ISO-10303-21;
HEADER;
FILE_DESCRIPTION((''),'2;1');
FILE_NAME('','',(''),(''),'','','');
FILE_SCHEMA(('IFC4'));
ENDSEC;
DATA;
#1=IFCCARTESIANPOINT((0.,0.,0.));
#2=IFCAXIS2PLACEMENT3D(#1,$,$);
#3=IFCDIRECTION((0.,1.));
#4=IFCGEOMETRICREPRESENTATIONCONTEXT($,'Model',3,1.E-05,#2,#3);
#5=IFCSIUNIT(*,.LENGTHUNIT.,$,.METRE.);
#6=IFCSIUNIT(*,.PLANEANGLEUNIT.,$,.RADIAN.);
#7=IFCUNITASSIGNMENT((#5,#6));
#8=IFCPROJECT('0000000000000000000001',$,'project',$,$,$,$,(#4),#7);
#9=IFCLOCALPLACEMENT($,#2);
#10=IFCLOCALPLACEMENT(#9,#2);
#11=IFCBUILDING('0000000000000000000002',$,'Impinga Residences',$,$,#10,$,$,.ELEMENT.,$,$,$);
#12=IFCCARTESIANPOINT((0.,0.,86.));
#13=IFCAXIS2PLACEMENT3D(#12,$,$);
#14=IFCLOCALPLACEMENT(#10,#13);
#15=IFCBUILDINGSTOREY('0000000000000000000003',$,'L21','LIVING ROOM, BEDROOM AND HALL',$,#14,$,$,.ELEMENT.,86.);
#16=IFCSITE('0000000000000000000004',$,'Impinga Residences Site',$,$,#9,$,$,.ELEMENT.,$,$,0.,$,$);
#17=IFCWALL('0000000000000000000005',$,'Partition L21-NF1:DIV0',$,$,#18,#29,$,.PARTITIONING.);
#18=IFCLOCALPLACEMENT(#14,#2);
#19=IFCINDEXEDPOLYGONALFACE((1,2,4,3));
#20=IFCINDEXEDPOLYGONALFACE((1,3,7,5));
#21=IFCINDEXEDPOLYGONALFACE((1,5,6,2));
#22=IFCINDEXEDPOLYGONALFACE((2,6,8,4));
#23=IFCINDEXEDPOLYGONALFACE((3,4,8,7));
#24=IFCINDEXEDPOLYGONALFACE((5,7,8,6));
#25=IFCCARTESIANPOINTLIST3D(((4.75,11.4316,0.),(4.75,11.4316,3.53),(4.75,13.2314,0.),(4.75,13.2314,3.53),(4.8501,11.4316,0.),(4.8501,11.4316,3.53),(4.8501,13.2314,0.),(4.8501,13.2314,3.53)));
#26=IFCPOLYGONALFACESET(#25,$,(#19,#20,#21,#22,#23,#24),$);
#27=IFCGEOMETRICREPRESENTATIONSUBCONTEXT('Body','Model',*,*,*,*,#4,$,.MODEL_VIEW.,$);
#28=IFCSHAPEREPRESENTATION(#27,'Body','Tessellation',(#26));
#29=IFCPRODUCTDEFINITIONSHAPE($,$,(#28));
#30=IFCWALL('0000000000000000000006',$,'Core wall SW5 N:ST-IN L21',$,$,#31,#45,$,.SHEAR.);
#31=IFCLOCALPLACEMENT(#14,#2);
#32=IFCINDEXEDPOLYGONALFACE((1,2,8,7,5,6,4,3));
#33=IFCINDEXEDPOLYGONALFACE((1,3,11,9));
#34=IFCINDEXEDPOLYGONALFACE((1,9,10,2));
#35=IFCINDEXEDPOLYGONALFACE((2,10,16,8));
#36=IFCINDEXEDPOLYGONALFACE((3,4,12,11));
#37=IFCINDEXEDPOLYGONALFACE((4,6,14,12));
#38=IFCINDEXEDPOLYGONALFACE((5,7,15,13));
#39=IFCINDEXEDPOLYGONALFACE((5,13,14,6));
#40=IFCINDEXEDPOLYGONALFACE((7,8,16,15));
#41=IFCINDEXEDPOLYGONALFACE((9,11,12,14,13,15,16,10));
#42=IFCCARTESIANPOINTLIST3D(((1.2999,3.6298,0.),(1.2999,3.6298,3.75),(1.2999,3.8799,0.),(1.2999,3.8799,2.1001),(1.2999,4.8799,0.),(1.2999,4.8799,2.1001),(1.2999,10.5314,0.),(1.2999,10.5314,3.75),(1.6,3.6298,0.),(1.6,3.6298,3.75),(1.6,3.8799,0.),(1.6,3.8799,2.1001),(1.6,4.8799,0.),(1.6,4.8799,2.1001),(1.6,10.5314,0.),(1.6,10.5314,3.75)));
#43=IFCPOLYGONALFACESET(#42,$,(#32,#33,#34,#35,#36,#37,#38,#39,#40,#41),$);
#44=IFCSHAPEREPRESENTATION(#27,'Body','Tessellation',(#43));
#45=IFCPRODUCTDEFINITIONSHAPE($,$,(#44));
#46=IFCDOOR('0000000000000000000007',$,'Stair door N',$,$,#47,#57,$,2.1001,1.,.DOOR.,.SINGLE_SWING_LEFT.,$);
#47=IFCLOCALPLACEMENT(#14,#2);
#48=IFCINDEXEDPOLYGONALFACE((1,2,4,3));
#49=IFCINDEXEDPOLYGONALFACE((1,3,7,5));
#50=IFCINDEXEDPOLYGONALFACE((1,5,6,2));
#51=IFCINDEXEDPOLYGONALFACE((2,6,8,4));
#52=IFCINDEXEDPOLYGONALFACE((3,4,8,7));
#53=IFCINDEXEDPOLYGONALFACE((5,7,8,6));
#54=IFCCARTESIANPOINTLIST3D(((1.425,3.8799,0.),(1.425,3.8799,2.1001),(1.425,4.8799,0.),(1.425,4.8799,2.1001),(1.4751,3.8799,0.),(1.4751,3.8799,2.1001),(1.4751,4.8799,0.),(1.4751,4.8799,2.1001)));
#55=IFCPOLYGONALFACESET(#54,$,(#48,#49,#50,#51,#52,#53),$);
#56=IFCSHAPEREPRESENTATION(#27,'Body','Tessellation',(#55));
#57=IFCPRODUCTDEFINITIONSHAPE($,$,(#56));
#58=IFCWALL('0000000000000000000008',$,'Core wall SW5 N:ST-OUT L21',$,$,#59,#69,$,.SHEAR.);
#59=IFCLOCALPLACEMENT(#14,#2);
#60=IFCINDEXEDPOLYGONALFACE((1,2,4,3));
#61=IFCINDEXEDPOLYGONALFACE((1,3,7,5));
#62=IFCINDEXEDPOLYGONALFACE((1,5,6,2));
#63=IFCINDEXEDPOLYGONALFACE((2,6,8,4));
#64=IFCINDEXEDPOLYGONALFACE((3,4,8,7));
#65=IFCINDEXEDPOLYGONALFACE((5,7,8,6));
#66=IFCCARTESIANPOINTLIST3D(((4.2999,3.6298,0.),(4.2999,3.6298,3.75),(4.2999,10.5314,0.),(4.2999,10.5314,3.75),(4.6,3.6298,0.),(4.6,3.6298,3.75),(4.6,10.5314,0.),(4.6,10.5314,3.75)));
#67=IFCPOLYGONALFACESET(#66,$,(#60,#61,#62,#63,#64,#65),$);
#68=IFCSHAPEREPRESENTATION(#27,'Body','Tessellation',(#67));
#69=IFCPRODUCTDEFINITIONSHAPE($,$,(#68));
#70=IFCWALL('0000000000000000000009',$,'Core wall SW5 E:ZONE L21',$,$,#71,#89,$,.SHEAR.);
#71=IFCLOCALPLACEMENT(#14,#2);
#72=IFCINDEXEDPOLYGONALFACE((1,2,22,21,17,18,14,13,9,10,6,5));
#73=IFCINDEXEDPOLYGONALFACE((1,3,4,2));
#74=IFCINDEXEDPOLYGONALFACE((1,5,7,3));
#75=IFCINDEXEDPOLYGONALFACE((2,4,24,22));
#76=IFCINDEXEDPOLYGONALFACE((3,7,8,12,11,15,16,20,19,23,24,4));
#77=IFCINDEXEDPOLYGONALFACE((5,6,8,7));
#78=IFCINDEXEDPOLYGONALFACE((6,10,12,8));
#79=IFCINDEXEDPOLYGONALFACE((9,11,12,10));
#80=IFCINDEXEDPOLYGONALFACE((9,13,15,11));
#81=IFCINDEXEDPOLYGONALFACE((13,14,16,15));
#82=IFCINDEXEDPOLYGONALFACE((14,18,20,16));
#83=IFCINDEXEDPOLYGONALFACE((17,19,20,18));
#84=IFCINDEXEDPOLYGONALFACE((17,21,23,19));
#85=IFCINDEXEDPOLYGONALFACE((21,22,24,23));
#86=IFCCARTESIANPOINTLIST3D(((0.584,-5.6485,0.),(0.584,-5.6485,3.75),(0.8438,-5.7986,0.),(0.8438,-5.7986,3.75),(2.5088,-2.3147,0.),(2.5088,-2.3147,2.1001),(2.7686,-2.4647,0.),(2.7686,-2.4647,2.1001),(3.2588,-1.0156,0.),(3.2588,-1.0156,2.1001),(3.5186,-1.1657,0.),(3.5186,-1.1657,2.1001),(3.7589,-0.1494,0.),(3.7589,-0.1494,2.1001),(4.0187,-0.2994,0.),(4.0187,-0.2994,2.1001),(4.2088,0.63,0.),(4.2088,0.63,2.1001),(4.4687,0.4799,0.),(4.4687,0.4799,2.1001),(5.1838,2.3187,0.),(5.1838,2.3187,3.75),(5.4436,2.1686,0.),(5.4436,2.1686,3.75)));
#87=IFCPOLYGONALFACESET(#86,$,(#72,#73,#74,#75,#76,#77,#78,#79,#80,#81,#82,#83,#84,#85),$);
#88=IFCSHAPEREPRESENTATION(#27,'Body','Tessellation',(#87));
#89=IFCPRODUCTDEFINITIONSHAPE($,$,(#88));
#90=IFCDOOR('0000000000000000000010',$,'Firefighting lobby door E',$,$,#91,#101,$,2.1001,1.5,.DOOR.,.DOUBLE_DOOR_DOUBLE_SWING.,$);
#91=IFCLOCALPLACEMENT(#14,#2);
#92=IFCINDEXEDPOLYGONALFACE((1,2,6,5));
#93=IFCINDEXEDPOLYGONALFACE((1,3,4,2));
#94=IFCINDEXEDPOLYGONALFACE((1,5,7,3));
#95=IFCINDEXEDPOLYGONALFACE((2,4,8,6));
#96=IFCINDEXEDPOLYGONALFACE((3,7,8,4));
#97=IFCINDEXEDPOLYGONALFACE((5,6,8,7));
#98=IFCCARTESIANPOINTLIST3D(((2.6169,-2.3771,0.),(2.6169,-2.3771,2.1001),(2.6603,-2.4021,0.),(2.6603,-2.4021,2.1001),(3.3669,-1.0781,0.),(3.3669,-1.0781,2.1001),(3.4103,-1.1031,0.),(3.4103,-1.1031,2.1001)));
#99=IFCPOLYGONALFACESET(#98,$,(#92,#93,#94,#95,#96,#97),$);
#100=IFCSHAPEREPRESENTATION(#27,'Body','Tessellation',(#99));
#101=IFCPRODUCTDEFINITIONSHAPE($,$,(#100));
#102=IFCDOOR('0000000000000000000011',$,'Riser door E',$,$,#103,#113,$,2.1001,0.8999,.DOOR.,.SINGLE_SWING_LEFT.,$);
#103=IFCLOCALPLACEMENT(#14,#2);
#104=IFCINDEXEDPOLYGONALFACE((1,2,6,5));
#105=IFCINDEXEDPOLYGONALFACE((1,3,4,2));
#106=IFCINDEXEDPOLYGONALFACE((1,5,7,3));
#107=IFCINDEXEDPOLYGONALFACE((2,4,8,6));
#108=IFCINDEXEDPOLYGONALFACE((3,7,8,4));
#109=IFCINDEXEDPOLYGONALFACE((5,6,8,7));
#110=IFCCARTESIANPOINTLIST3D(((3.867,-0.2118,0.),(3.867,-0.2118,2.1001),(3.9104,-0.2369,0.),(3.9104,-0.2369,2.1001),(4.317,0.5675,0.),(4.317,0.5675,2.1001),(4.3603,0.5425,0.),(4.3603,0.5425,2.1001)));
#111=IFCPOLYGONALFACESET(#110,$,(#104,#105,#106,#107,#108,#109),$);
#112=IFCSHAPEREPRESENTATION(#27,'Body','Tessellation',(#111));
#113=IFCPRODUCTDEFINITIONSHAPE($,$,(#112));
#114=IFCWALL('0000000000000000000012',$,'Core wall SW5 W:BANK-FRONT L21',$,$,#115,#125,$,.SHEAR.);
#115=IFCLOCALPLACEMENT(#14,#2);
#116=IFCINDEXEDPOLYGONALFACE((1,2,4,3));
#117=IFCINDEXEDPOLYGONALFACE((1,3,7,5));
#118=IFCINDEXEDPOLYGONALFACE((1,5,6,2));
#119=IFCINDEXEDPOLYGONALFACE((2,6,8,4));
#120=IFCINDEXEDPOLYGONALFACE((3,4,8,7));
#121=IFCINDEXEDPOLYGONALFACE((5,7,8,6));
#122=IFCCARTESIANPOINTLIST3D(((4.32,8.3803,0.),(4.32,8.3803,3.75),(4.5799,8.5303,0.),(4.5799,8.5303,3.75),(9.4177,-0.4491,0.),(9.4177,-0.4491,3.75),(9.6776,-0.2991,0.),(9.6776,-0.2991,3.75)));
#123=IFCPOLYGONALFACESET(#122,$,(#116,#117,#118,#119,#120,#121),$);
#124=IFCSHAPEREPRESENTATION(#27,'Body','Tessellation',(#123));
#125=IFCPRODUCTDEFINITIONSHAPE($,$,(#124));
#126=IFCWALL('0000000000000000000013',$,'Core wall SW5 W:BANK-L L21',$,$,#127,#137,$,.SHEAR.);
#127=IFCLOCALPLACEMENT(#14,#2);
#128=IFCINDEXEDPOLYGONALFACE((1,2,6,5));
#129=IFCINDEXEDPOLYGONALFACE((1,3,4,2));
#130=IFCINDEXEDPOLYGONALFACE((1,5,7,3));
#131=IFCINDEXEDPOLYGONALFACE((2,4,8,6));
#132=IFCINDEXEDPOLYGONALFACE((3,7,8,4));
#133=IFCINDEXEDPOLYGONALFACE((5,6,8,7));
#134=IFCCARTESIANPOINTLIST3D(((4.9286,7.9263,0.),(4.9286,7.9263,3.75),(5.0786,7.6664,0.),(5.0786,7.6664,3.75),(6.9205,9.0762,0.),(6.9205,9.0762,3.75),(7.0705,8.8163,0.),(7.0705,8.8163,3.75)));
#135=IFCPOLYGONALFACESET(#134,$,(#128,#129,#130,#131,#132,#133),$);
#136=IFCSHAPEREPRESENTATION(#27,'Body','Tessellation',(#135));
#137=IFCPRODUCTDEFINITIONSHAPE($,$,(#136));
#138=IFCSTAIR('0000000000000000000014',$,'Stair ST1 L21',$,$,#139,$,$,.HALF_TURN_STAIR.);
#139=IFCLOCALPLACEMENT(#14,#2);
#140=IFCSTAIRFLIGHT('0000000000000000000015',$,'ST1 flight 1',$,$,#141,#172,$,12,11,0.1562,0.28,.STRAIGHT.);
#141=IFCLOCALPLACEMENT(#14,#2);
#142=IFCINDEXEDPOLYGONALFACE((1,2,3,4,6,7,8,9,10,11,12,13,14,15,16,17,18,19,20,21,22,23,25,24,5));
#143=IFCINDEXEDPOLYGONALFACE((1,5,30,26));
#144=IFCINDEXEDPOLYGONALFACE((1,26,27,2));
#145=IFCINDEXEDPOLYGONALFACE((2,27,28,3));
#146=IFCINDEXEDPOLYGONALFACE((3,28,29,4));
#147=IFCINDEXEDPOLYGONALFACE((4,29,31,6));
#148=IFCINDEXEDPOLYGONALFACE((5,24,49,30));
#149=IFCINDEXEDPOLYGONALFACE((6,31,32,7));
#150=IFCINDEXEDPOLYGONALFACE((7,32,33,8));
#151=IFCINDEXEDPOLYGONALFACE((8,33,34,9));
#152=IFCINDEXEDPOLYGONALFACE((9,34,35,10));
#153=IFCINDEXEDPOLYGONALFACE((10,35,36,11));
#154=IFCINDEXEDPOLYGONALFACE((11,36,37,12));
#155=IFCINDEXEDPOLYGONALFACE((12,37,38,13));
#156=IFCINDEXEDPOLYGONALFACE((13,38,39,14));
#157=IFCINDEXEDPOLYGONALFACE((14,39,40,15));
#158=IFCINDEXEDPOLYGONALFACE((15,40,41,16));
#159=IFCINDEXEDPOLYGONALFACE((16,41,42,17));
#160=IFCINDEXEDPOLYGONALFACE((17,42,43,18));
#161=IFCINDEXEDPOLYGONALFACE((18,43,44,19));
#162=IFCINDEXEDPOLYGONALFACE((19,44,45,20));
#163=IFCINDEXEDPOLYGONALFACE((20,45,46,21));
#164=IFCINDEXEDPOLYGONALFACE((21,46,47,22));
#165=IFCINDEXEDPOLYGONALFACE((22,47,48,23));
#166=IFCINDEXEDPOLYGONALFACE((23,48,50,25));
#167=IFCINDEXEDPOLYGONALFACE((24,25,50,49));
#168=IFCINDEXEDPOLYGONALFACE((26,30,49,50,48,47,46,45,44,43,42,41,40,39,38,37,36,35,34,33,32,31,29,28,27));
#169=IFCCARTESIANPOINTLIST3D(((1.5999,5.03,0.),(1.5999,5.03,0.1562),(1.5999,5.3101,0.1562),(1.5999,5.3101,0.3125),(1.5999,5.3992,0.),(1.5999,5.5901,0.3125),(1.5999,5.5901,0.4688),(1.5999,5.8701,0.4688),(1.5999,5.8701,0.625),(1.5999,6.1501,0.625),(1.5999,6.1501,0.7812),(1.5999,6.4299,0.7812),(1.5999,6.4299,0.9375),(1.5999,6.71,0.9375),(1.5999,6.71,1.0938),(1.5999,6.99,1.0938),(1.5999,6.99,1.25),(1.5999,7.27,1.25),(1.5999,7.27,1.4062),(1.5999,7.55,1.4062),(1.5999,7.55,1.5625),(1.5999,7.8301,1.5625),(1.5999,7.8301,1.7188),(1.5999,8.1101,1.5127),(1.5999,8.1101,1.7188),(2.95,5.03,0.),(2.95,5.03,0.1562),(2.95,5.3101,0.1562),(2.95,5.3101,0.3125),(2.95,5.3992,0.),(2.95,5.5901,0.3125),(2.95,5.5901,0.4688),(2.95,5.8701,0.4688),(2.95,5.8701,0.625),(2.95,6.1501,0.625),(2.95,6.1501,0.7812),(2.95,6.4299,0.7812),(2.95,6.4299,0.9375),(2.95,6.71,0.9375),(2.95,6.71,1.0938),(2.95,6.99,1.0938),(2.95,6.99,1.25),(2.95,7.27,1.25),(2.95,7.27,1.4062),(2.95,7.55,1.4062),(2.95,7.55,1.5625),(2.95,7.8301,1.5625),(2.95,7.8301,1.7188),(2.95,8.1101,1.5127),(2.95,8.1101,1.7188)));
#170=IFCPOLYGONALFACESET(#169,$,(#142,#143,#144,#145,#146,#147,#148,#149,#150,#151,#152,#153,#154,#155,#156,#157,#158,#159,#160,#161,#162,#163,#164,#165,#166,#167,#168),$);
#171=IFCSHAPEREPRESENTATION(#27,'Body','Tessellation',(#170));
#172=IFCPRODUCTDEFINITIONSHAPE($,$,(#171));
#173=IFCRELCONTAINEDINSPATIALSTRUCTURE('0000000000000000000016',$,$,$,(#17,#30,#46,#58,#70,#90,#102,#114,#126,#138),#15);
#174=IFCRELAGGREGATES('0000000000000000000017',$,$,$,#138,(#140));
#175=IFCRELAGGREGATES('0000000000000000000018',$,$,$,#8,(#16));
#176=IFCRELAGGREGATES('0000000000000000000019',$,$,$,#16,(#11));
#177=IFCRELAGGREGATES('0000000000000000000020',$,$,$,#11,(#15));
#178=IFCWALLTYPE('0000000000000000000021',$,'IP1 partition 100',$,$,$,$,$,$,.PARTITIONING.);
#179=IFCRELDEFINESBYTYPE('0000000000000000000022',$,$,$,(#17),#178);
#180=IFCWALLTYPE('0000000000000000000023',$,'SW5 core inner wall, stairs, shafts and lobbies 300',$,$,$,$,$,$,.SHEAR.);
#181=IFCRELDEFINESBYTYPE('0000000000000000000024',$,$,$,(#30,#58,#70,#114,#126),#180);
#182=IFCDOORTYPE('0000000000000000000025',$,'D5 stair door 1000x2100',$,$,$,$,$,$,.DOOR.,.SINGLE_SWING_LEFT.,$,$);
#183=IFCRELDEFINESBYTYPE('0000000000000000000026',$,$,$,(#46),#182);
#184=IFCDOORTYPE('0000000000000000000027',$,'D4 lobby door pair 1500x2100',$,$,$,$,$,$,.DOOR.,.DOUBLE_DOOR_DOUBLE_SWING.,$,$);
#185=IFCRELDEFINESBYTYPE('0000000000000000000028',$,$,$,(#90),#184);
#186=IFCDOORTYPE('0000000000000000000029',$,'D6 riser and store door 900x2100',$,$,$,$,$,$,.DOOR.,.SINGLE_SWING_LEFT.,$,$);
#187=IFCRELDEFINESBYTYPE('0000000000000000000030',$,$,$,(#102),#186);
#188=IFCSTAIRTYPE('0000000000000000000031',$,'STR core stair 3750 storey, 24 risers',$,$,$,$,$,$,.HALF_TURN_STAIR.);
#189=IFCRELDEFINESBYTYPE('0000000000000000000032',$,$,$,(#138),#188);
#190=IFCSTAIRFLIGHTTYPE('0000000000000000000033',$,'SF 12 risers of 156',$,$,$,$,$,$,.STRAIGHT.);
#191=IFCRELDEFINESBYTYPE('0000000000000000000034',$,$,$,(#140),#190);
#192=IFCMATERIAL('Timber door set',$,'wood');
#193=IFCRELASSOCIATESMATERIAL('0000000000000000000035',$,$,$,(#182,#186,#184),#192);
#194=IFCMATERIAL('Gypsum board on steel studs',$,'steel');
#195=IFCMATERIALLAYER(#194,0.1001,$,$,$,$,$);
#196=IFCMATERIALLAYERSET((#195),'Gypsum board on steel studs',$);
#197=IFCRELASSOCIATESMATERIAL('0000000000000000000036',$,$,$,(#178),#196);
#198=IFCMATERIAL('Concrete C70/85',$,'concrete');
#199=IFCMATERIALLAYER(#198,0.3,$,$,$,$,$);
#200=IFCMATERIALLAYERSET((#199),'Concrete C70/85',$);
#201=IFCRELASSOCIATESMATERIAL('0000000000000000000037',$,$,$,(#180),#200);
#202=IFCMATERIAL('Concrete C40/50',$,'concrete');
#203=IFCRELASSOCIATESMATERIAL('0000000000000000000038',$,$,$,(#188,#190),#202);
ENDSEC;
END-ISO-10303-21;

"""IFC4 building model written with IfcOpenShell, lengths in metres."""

from ifc_helpers import new_model, si_unit, direction, frame, frame_2d, origin, place, context, subcontext, project, spatial, polyline, rectangle, outline, extrude, material, layer, layer_set, type_object, element, fill, aggregate, save


model = new_model("IFC4")

# Units and contexts
model_context = context("Model", 3, precision=1e-05, world=origin(), true_north=direction((0.0, 1.0)))
body_context = subcontext(model_context, "Body", "Model", "MODEL_VIEW")
ifc_project = project(units=[si_unit("LENGTHUNIT", "METRE"), si_unit("PLANEANGLEUNIT", "RADIAN")], contexts=[model_context])

# Site, building, storey
site_placement = place(None, origin())
site = spatial("IfcSite", under=ifc_project, at=site_placement, Name="Impinga Residences Site", CompositionType="ELEMENT", RefElevation=0.0)
building_placement = place(site_placement, origin())
building = spatial("IfcBuilding", under=site, at=building_placement, Name="Impinga Residences", CompositionType="ELEMENT")
storey_placement = place(building_placement, frame((0.0, 0.0, 86.0)))
storey = spatial("IfcBuildingStorey", under=building, at=storey_placement, Name="L21", Description="LIVING ROOM, BEDROOM AND HALL", CompositionType="ELEMENT", Elevation=86.0)

# Shared definitions
ifc_material_1 = material(Name="Concrete C70/85", Category="concrete")
ifc_material_2 = material(Name="Timber door set", Category="wood")
door_type_1 = type_object("IfcDoorType", Name="D5 stair door 1000x2100", OperationType="SINGLE_SWING_LEFT", PredefinedType="DOOR", material=ifc_material_2)
door_type_2 = type_object("IfcDoorType", Name="D6 riser and store door 900x2100", OperationType="SINGLE_SWING_LEFT", PredefinedType="DOOR", material=ifc_material_2)

# Wall
ifc_material_3 = material(Name="Gypsum board on steel studs", Category="steel")
ifc_layer_1 = layer(ifc_material_3, 0.1001)
ifc_layer_set_1 = layer_set([ifc_layer_1], Name="Gypsum board on steel studs")
wall_type_1 = type_object("IfcWallType", Name="IP1 partition 100", PredefinedType="PARTITIONING", material=ifc_layer_set_1)
wall_1_placement = place(storey_placement, frame((4.8, 11.4316, 0.0), z_axis=(0.0, 0.0, 1.0), x_axis=(0.0, 1.0, 0.0)))
element("IfcWall", 1, at=wall_1_placement, inside=storey, type_object=wall_type_1, Name="Partition L21-NF1:DIV0", PredefinedType="PARTITIONING", context=body_context, shape_type="SweptSolid", body=[
    extrude(rectangle(XDim=1.7998, YDim=0.1001, at=frame_2d((0.8999, 0.0))), origin(), (0.0, 0.0, 1.0), 3.53),
])

# Wall, opening, door
ifc_layer_2 = layer(ifc_material_1, 0.3)
ifc_layer_set_2 = layer_set([ifc_layer_2], Name="Concrete C70/85")
wall_type_2 = type_object("IfcWallType", Name="SW5 core inner wall, stairs, shafts and lobbies 300", PredefinedType="SHEAR", material=ifc_layer_set_2)
wall_2_placement = place(storey_placement, frame((1.45, 3.6299, 0.0), z_axis=(0.0, 0.0, 1.0), x_axis=(0.0, 1.0, 0.0)))
wall_2 = element("IfcWall", 2, at=wall_2_placement, inside=storey, type_object=wall_type_2, Name="Core wall SW5 N:ST-IN L21", PredefinedType="SHEAR", context=body_context, shape_type="SweptSolid", body=[
    extrude(rectangle(XDim=6.9016, YDim=0.3, at=frame_2d((3.4507, 0.0))), origin(), (0.0, 0.0, 1.0), 3.75),
])
opening_1_placement = place(wall_2_placement, frame((0.25, 0.0, 0.0)))
opening_1 = element("IfcOpeningElement", 3, at=opening_1_placement, cuts=wall_2, PredefinedType="OPENING", context=body_context, shape_type="SweptSolid", body=[
    extrude(rectangle(XDim=1.0, YDim=2.1001, at=frame_2d((0.5, 1.05))), frame((0.0, 0.1599, 0.0), z_axis=(0.0, -1.0, 0.0), x_axis=(1.0, 0.0, 0.0)), (0.0, 0.0, 1.0), 0.3201),
])
door_1_placement = place(opening_1_placement, origin())
door_1 = element("IfcDoor", 4, at=door_1_placement, inside=storey, type_object=door_type_1, Name="Stair door N", OperationType="SINGLE_SWING_LEFT", OverallHeight=2.1001, OverallWidth=1.0, PredefinedType="DOOR", context=body_context, shape_type="SweptSolid", body=[
    extrude(rectangle(XDim=1.0, YDim=2.1001, at=frame_2d((0.5, 1.05))), frame((0.0, 0.0249, 0.0), z_axis=(0.0, -1.0, 0.0), x_axis=(1.0, 0.0, 0.0)), (0.0, 0.0, 1.0), 0.05),
])
fill(opening_1, door_1)

# Wall
wall_3_placement = place(storey_placement, frame((4.45, 3.6299, 0.0), z_axis=(0.0, 0.0, 1.0), x_axis=(0.0, 1.0, 0.0)))
element("IfcWall", 5, at=wall_3_placement, inside=storey, type_object=wall_type_2, Name="Core wall SW5 N:ST-OUT L21", PredefinedType="SHEAR", context=body_context, shape_type="SweptSolid", body=[
    extrude(rectangle(XDim=6.9016, YDim=0.3, at=frame_2d((3.4507, 0.0))), origin(), (0.0, 0.0, 1.0), 3.75),
])

# Wall, openings, doors
wall_4_placement = place(storey_placement, frame((5.3137, 2.2437, 0.0), z_axis=(0.0, 0.0, 1.0), x_axis=(-0.499995, -0.866028, 0.0)))
wall_4 = element("IfcWall", 6, at=wall_4_placement, inside=storey, type_object=wall_type_2, Name="Core wall SW5 E:ZONE L21", PredefinedType="SHEAR", context=body_context, shape_type="SweptSolid", body=[
    extrude(rectangle(XDim=9.1997, YDim=0.3, at=frame_2d((4.5999, 0.0))), origin(), (0.0, 0.0, 1.0), 3.75),
])
opening_2_placement = place(wall_4_placement, frame((3.8501, 0.0, 0.0)))
opening_2 = element("IfcOpeningElement", 7, at=opening_2_placement, cuts=wall_4, PredefinedType="OPENING", context=body_context, shape_type="SweptSolid", body=[
    extrude(rectangle(XDim=1.5, YDim=2.1001, at=frame_2d((0.75, 1.05))), frame((0.0, 0.1599, 0.0), z_axis=(0.0, -1.0, 0.0), x_axis=(1.0, 0.0, 0.0)), (0.0, 0.0, 1.0), 0.3201),
])
opening_3_placement = place(wall_4_placement, frame((1.95, 0.0, 0.0)))
opening_3 = element("IfcOpeningElement", 8, at=opening_3_placement, cuts=wall_4, PredefinedType="OPENING", context=body_context, shape_type="SweptSolid", body=[
    extrude(rectangle(XDim=0.8999, YDim=2.1001, at=frame_2d((0.45, 1.05))), frame((0.0, 0.1599, 0.0), z_axis=(0.0, -1.0, 0.0), x_axis=(1.0, 0.0, 0.0)), (0.0, 0.0, 1.0), 0.3201),
])
door_type_3 = type_object("IfcDoorType", Name="D4 lobby door pair 1500x2100", OperationType="DOUBLE_DOOR_DOUBLE_SWING", PredefinedType="DOOR", material=ifc_material_2)
door_2_placement = place(opening_2_placement, origin())
door_2 = element("IfcDoor", 9, at=door_2_placement, inside=storey, type_object=door_type_3, Name="Firefighting lobby door E", OperationType="DOUBLE_DOOR_DOUBLE_SWING", OverallHeight=2.1001, OverallWidth=1.5, PredefinedType="DOOR", context=body_context, shape_type="SweptSolid", body=[
    extrude(rectangle(XDim=1.5, YDim=2.1001, at=frame_2d((0.75, 1.05))), frame((0.0, 0.0249, 0.0), z_axis=(0.0, -1.0, 0.0), x_axis=(1.0, 0.0, 0.0)), (0.0, 0.0, 1.0), 0.05),
])
fill(opening_2, door_2)
door_3_placement = place(opening_3_placement, origin())
door_3 = element("IfcDoor", 10, at=door_3_placement, inside=storey, type_object=door_type_2, Name="Riser door E", OperationType="SINGLE_SWING_LEFT", OverallHeight=2.1001, OverallWidth=0.8999, PredefinedType="DOOR", context=body_context, shape_type="SweptSolid", body=[
    extrude(rectangle(XDim=0.8999, YDim=2.1001, at=frame_2d((0.45, 1.05))), frame((0.0, 0.0249, 0.0), z_axis=(0.0, -1.0, 0.0), x_axis=(1.0, 0.0, 0.0)), (0.0, 0.0, 1.0), 0.05),
])
fill(opening_3, door_3)

# Walls
wall_5_placement = place(storey_placement, frame((4.45, 8.4553, 0.0), z_axis=(0.0, 0.0, 1.0), x_axis=(0.500002, -0.866024, 0.0)))
element("IfcWall", 11, at=wall_5_placement, inside=storey, type_object=wall_type_2, Name="Core wall SW5 W:BANK-FRONT L21", PredefinedType="SHEAR", context=body_context, shape_type="SweptSolid", body=[
    extrude(rectangle(XDim=10.1953, YDim=0.3, at=frame_2d((5.0977, 0.0))), origin(), (0.0, 0.0, 1.0), 3.75),
])
wall_6_placement = place(storey_placement, frame((5.0037, 7.7964, 0.0), z_axis=(0.0, 0.0, 1.0), x_axis=(0.866053, 0.499952, 0.0)))
element("IfcWall", 12, at=wall_6_placement, inside=storey, type_object=wall_type_2, Name="Core wall SW5 W:BANK-L L21", PredefinedType="SHEAR", context=body_context, shape_type="SweptSolid", body=[
    extrude(rectangle(XDim=2.3, YDim=0.3, at=frame_2d((1.1499, 0.0))), origin(), (0.0, 0.0, 1.0), 3.75),
])

# Stair, stair flight
ifc_material_4 = material(Name="Concrete C40/50", Category="concrete")
stair_type = type_object("IfcStairType", Name="STR core stair 3750 storey, 24 risers", PredefinedType="HALF_TURN_STAIR", material=ifc_material_4)
stair_placement = place(storey_placement, origin())
stair = element("IfcStair", 13, at=stair_placement, inside=storey, type_object=stair_type, Name="Stair ST1 L21", PredefinedType="HALF_TURN_STAIR")
stair_flight_type = type_object("IfcStairFlightType", Name="SF 12 risers of 156", PredefinedType="STRAIGHT", material=ifc_material_4)
stair_flight_1_placement = place(storey_placement, frame((2.2749, 5.03, 0.0), z_axis=(0.0, 0.0, 1.0), x_axis=(0.0, 1.0, 0.0)))
stair_flight_1 = element("IfcStairFlight", 14, at=stair_flight_1_placement, type_object=stair_flight_type, Name="ST1 flight 1", NumberOfRisers=12, NumberOfTreads=11, PredefinedType="STRAIGHT", RiserHeight=0.1562, TreadLength=0.28, context=body_context, shape_type="SweptSolid", body=[
    extrude(outline(polyline([(0.0, 0.0), (0.0, 0.1562), (0.28, 0.1562), (0.28, 0.3125), (0.5601, 0.3125), (0.5601, 0.4688), (0.8401, 0.4688), (0.8401, 0.625), (1.1201, 0.625), (1.1201, 0.7812), (1.3999, 0.7812), (1.3999, 0.9375), (1.6799, 0.9375), (1.6799, 1.0938), (1.96, 1.0938), (1.96, 1.25), (2.24, 1.25), (2.24, 1.4062), (2.52, 1.4062), (2.52, 1.5625), (2.8, 1.5625), (2.8, 1.7188), (3.0801, 1.7188), (3.0801, 1.875), (3.0801, 1.5127), (0.3691, 0.0), (0.0, 0.0)])), frame((0.0, 0.675, 0.0), z_axis=(0.0, -1.0, 0.0), x_axis=(1.0, 0.0, 0.0)), (0.0, 0.0, 1.0), 1.3501),
])
aggregate(stair, [stair_flight_1])

save(model, "model.ifc")
